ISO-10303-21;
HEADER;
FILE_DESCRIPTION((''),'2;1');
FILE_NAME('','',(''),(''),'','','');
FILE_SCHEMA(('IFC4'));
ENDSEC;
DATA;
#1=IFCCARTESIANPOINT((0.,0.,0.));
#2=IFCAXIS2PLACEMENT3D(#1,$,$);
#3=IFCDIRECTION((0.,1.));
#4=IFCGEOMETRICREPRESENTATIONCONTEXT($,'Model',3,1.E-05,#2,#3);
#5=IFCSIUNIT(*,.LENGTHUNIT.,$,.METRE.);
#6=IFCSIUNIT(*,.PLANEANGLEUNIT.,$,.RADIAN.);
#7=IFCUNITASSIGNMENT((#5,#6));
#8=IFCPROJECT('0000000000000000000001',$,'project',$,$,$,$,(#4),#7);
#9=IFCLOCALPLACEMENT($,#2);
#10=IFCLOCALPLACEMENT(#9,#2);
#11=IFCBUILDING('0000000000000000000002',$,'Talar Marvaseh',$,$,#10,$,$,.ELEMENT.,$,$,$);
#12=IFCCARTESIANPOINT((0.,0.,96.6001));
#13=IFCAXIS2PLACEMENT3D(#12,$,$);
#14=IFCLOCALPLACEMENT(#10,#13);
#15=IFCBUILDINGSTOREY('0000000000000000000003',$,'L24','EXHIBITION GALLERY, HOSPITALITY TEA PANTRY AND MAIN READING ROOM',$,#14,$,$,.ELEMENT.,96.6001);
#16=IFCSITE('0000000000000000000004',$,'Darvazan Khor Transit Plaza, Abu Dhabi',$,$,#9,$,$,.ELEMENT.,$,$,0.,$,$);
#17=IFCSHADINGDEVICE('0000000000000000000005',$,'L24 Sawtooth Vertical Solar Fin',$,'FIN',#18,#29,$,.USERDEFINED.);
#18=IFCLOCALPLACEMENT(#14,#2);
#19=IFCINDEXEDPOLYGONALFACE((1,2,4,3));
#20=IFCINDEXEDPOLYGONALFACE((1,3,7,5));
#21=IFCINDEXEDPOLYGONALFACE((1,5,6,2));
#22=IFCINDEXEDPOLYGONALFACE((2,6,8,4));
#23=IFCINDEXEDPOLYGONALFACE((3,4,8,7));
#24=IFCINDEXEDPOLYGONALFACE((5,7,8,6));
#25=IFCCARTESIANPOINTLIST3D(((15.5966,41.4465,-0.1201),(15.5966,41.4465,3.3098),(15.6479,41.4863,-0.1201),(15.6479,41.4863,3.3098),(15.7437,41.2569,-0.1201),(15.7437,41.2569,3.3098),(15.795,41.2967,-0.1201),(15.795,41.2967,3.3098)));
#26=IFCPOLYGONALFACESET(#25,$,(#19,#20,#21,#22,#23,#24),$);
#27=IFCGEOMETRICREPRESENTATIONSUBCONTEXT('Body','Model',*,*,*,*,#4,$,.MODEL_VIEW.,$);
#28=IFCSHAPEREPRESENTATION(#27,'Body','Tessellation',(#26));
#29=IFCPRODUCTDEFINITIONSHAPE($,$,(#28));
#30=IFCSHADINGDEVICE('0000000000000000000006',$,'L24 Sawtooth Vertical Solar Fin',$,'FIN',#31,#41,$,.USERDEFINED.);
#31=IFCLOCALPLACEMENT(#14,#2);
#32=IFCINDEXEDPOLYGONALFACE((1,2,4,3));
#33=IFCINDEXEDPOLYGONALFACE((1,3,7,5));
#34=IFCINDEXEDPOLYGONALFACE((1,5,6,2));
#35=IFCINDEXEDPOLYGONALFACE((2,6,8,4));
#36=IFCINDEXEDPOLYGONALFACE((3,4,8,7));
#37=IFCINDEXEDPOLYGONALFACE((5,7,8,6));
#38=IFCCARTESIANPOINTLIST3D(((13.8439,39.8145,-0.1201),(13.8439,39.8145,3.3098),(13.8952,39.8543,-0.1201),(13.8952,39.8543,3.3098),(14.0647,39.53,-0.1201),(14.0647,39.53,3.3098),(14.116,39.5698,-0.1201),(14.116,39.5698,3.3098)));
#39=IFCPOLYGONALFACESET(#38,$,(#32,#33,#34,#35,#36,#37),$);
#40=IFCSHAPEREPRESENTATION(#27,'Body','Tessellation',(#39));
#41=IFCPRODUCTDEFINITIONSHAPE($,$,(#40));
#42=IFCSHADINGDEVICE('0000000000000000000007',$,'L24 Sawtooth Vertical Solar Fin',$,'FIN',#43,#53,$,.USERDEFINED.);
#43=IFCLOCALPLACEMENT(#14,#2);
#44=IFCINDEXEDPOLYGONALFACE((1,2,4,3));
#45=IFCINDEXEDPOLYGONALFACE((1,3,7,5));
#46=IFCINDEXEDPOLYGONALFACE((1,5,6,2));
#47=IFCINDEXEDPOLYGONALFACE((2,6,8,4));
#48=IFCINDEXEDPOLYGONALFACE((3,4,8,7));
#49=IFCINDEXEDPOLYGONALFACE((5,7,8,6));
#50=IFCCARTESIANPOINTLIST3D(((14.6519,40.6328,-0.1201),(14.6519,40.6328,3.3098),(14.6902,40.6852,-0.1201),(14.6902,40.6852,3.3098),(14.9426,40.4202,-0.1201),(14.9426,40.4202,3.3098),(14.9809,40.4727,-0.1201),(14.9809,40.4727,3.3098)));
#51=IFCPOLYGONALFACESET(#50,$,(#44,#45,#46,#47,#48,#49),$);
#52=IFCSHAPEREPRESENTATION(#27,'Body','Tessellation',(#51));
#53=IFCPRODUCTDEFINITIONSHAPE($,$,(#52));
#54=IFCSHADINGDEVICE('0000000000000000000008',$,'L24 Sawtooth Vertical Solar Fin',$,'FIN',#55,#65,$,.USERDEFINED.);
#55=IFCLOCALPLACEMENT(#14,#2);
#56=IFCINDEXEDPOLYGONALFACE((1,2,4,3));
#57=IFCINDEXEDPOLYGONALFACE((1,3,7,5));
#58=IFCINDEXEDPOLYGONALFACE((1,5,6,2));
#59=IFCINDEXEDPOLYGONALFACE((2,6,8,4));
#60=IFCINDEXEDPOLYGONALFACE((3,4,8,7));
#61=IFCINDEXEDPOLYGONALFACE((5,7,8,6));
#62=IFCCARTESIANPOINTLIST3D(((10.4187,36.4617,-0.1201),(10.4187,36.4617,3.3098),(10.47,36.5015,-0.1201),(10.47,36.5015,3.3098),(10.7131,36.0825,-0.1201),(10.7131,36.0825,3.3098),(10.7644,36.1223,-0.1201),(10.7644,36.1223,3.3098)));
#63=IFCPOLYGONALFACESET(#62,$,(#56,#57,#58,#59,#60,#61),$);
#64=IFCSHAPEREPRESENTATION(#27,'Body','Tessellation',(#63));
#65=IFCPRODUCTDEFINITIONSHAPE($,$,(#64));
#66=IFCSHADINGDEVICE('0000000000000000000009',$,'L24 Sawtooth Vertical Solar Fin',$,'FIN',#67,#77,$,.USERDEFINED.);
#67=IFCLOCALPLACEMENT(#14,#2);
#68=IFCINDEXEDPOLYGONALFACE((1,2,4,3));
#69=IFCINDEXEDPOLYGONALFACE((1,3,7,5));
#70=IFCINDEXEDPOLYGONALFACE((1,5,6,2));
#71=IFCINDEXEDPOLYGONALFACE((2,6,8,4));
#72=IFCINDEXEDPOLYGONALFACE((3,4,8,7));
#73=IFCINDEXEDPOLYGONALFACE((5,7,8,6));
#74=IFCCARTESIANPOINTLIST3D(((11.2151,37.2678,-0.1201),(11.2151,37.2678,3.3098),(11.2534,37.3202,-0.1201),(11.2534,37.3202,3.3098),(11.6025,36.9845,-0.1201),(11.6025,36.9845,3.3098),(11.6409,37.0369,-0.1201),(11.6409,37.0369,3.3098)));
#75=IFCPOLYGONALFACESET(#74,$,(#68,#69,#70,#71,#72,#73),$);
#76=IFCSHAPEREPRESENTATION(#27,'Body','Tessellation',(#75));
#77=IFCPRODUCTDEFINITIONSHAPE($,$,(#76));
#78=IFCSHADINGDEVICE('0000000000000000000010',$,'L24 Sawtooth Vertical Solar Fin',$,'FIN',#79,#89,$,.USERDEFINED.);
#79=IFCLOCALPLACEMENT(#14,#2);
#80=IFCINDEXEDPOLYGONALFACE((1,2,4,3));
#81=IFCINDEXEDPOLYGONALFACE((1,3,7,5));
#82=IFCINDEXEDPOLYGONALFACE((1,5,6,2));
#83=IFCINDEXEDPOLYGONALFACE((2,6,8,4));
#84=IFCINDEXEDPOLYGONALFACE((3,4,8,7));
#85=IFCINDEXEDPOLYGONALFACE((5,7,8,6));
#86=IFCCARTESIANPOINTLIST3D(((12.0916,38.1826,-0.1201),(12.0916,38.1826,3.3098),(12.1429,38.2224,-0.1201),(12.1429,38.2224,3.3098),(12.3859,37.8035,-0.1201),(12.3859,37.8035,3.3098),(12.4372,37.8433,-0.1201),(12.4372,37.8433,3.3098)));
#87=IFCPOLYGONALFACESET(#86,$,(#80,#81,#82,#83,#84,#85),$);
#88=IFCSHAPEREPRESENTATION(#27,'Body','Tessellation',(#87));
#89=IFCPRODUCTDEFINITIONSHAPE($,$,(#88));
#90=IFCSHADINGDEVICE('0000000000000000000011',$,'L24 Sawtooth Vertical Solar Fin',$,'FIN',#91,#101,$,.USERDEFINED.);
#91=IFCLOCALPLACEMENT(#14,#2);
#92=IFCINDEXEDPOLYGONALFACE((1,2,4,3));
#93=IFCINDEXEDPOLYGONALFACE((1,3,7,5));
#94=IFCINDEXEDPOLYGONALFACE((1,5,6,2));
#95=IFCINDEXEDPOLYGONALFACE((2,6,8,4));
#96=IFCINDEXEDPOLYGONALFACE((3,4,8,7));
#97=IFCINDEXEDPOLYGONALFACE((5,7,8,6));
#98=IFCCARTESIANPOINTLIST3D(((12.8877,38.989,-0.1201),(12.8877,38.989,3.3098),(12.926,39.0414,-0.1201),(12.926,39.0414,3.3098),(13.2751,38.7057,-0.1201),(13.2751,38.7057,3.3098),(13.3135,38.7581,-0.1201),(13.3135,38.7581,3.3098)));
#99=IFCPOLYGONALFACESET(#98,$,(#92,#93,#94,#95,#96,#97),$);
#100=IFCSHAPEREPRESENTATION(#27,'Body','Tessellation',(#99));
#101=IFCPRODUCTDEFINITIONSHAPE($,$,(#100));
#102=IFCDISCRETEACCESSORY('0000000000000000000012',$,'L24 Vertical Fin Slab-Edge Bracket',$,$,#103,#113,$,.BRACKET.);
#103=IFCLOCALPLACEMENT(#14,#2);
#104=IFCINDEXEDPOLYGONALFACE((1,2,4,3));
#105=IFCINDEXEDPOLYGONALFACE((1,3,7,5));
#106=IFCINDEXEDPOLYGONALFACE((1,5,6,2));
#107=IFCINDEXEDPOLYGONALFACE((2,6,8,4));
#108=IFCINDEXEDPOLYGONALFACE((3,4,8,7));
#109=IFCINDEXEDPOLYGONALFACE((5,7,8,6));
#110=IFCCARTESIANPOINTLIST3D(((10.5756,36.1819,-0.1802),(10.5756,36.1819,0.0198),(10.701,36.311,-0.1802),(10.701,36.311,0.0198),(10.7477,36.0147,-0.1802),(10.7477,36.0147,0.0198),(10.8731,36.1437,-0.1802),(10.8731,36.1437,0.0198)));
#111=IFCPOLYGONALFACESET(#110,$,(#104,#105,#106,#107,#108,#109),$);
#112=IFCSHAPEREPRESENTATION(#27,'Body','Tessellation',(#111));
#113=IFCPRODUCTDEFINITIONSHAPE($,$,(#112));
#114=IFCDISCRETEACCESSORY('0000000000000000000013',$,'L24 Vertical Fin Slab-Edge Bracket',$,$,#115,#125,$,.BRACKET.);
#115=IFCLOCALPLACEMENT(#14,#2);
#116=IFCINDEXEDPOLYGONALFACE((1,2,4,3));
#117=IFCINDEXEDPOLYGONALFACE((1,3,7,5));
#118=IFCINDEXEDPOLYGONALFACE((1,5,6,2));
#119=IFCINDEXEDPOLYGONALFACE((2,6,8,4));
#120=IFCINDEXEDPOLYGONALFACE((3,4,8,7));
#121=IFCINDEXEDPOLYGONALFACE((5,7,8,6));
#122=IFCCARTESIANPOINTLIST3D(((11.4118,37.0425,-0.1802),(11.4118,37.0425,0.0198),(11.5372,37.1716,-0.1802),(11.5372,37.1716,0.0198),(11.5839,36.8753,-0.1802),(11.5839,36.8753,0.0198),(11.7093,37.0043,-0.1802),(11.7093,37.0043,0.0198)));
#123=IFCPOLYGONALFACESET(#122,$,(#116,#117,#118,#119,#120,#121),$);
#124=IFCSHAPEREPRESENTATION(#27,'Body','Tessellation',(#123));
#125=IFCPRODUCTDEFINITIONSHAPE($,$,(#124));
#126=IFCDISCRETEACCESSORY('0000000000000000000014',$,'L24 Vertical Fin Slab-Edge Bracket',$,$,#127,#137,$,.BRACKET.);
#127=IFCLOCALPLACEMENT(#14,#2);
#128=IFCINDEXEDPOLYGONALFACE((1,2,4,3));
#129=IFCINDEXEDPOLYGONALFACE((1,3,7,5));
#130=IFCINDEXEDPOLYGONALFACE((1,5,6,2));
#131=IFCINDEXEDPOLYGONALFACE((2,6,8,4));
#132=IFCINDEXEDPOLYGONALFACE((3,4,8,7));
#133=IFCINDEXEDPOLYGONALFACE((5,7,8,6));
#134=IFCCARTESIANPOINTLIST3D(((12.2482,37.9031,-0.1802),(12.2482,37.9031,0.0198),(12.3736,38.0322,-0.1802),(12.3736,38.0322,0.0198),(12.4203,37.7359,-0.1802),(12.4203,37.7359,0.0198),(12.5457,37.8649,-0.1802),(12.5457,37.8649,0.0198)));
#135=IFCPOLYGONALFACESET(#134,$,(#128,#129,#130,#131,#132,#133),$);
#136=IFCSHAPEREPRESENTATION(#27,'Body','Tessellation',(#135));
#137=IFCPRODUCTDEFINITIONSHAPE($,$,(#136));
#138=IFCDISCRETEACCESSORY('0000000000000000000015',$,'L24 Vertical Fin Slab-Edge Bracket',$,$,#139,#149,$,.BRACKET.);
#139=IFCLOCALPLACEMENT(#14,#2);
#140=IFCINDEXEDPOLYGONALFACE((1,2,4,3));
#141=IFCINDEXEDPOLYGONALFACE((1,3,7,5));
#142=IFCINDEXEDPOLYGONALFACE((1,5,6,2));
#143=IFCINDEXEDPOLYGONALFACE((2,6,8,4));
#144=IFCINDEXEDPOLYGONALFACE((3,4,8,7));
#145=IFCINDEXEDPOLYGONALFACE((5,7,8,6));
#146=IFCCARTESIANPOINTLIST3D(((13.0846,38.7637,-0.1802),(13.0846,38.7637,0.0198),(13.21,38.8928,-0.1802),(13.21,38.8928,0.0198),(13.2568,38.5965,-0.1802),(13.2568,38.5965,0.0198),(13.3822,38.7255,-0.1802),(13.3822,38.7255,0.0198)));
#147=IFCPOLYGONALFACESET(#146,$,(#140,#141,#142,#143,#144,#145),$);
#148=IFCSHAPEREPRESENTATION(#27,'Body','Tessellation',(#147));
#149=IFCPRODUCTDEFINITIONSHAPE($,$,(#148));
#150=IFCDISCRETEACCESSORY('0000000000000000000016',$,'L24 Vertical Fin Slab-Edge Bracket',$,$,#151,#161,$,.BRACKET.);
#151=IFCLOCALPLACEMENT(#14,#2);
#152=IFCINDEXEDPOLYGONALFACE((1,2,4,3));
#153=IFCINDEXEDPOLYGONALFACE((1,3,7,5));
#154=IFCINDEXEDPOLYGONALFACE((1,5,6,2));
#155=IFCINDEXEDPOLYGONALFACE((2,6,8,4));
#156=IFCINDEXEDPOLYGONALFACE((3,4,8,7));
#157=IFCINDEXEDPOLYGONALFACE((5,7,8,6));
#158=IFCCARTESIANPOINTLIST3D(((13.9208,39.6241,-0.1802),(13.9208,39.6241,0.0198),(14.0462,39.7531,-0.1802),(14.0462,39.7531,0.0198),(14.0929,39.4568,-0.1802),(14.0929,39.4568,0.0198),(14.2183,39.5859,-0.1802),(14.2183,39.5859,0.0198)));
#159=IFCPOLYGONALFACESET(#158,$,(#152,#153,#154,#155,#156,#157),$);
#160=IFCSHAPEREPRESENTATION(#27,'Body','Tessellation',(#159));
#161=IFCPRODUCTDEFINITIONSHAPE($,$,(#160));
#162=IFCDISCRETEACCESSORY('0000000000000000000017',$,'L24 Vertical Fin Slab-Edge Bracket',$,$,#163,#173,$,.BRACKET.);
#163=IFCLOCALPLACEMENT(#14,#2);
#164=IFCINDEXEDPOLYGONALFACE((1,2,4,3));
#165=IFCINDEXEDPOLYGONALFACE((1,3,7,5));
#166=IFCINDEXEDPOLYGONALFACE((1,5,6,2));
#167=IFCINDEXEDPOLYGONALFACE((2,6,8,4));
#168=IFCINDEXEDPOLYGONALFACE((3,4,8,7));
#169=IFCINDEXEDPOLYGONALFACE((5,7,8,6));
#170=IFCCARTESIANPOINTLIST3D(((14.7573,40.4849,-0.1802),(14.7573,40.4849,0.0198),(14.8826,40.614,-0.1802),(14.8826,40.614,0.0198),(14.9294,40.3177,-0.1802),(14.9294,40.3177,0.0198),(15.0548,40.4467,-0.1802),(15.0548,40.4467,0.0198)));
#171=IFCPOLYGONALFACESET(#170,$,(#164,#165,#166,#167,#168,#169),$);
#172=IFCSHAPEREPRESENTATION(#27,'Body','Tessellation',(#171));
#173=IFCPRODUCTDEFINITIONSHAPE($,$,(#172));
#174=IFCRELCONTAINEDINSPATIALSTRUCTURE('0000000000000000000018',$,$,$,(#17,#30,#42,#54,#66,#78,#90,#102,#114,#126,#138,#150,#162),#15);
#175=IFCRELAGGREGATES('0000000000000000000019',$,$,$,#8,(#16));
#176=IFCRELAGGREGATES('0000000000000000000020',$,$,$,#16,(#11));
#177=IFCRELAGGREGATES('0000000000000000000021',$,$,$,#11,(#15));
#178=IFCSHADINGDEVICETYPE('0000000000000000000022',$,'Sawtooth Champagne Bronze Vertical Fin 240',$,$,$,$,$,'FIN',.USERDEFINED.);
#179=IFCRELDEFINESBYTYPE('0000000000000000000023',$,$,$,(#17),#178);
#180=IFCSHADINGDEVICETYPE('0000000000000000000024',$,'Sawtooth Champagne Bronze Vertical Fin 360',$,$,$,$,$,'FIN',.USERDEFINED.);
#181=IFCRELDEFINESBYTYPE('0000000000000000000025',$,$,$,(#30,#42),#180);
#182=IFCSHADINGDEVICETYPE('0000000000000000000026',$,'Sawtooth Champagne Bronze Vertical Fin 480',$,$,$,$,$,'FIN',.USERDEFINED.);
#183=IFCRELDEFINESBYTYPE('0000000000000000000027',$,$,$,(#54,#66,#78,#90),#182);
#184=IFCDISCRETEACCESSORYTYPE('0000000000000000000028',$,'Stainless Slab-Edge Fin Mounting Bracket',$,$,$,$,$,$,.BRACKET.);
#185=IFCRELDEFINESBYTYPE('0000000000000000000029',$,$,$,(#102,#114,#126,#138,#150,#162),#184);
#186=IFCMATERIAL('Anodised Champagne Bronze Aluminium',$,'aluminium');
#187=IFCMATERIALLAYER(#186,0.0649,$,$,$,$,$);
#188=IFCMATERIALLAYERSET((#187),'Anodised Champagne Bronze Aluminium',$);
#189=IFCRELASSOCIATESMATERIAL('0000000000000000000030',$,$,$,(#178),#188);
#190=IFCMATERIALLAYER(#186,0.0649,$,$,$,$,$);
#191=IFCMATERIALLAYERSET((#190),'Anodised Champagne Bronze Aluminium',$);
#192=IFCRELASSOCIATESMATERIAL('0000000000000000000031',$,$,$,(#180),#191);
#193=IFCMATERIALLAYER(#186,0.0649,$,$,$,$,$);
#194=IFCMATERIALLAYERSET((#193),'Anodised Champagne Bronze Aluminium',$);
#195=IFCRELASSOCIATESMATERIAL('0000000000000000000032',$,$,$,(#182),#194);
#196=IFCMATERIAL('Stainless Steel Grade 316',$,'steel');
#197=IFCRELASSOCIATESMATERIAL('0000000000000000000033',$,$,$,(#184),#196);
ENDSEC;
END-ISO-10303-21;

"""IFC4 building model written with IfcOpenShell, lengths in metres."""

from ifc_helpers import new_model, si_unit, direction, frame, origin, origin_2d, place, context, subcontext, project, spatial, rectangle, extrude, source, transform, mapped, material, layer, layer_set, type_object, type_shapes, element, save


model = new_model("IFC4")

# Units and contexts
model_context = context("Model", 3, precision=1e-05, world=origin(), true_north=direction((0.0, 1.0)))
body_context = subcontext(model_context, "Body", "Model", "MODEL_VIEW")
ifc_project = project(units=[si_unit("LENGTHUNIT", "METRE"), si_unit("PLANEANGLEUNIT", "RADIAN")], contexts=[model_context])

# Site, building, storey
site_placement = place(None, origin())
site = spatial("IfcSite", under=ifc_project, at=site_placement, Name="Darvazan Khor Transit Plaza, Abu Dhabi", CompositionType="ELEMENT", RefElevation=0.0)
building_placement = place(site_placement, origin())
building = spatial("IfcBuilding", under=site, at=building_placement, Name="Talar Marvaseh", CompositionType="ELEMENT")
storey_placement = place(building_placement, frame((0.0, 0.0, 96.6001)))
storey = spatial("IfcBuildingStorey", under=building, at=storey_placement, Name="L24", Description="EXHIBITION GALLERY, HOSPITALITY TEA PANTRY AND MAIN READING ROOM", CompositionType="ELEMENT", Elevation=96.6001)

# Shading devices
ifc_material_1 = material(Name="Anodised Champagne Bronze Aluminium", Category="aluminium")
ifc_layer_1 = layer(ifc_material_1, 0.0649)
ifc_layer_set_1 = layer_set([ifc_layer_1], Name="Anodised Champagne Bronze Aluminium")
shading_device_type_1 = type_object("IfcShadingDeviceType", Name="Sawtooth Champagne Bronze Vertical Fin 240", ElementType="FIN", PredefinedType="USERDEFINED", material=ifc_layer_set_1)
shared_shape_1 = source(origin(), body_context, "Body", "SweptSolid", [
    extrude(rectangle(XDim=0.24, YDim=0.0649, at=origin_2d()), origin(), (0.0, 0.0, 1.0), 3.4299),
])
type_shapes(shading_device_type_1, [shared_shape_1])
shading_device_placement = place(storey_placement, frame((15.6958, 41.3716, -0.1201), z_axis=(0.0, 0.0, 1.0), x_axis=(-0.613183, 0.789941, 0.0)))
element("IfcShadingDevice", 1, at=shading_device_placement, inside=storey, type_object=shading_device_type_1, Name="L24 Sawtooth Vertical Solar Fin", ObjectType="FIN", PredefinedType="USERDEFINED", context=body_context, shape_type="MappedRepresentation", body=[
    mapped(shared_shape_1, transform((0.0, 0.0, 0.0), x_axis=(1.0, 0.0, 0.0), y_axis=(0.0, 1.0, 0.0), z_axis=(0.0, 0.0, 1.0), scale=1.0)),
])
ifc_layer_2 = layer(ifc_material_1, 0.0649)
ifc_layer_set_2 = layer_set([ifc_layer_2], Name="Anodised Champagne Bronze Aluminium")
shading_device_type_2 = type_object("IfcShadingDeviceType", Name="Sawtooth Champagne Bronze Vertical Fin 360", ElementType="FIN", PredefinedType="USERDEFINED", material=ifc_layer_set_2)
shared_shape_2 = source(origin(), body_context, "Body", "SweptSolid", [
    extrude(rectangle(XDim=0.3601, YDim=0.0649, at=origin_2d()), origin(), (0.0, 0.0, 1.0), 3.4299),
])
type_shapes(shading_device_type_2, [shared_shape_2])
for number, where, z_axis, x_axis, name in (
    (2, (13.98, 39.6921, -0.1201), (0.0, 0.0, 1.0), (-0.613183, 0.789941, 0.0), "L24 Sawtooth Vertical Solar Fin"),
    (3, (14.8164, 40.5527, -0.1201), (0.0, 0.0, 1.0), (-0.807166, 0.590324, 0.0), "L24 Sawtooth Vertical Solar Fin"),
):
    element("IfcShadingDevice", number, at=place(storey_placement, frame(where, z_axis=z_axis, x_axis=x_axis)), inside=storey, type_object=shading_device_type_2, Name=name, ObjectType="FIN", PredefinedType="USERDEFINED", context=body_context, shape_type="MappedRepresentation", body=[
        mapped(shared_shape_2, transform((0.0, 0.0, 0.0), x_axis=(1.0, 0.0, 0.0), y_axis=(0.0, 1.0, 0.0), z_axis=(0.0, 0.0, 1.0), scale=1.0)),
    ])
ifc_layer_3 = layer(ifc_material_1, 0.0649)
ifc_layer_set_3 = layer_set([ifc_layer_3], Name="Anodised Champagne Bronze Aluminium")
shading_device_type_3 = type_object("IfcShadingDeviceType", Name="Sawtooth Champagne Bronze Vertical Fin 480", ElementType="FIN", PredefinedType="USERDEFINED", material=ifc_layer_set_3)
shared_shape_3 = source(origin(), body_context, "Body", "SweptSolid", [
    extrude(rectangle(XDim=0.48, YDim=0.0649, at=origin_2d()), origin(), (0.0, 0.0, 1.0), 3.4299),
])
type_shapes(shading_device_type_3, [shared_shape_3])
for number, where, z_axis, x_axis, name in (
    (4, (10.5916, 36.292, -0.1201), (0.0, 0.0, 1.0), (-0.613183, 0.789941, 0.0), "L24 Sawtooth Vertical Solar Fin"),
    (5, (11.428, 37.1523, -0.1201), (0.0, 0.0, 1.0), (-0.807166, 0.590324, 0.0), "L24 Sawtooth Vertical Solar Fin"),
    (6, (12.2644, 38.0129, -0.1201), (0.0, 0.0, 1.0), (-0.613183, 0.789941, 0.0), "L24 Sawtooth Vertical Solar Fin"),
    (7, (13.1006, 38.8735, -0.1201), (0.0, 0.0, 1.0), (-0.807166, 0.590324, 0.0), "L24 Sawtooth Vertical Solar Fin"),
):
    element("IfcShadingDevice", number, at=place(storey_placement, frame(where, z_axis=z_axis, x_axis=x_axis)), inside=storey, type_object=shading_device_type_3, Name=name, ObjectType="FIN", PredefinedType="USERDEFINED", context=body_context, shape_type="MappedRepresentation", body=[
        mapped(shared_shape_3, transform((0.0, 0.0, 0.0), x_axis=(1.0, 0.0, 0.0), y_axis=(0.0, 1.0, 0.0), z_axis=(0.0, 0.0, 1.0), scale=1.0)),
    ])

# Discrete accessories
ifc_material_2 = material(Name="Stainless Steel Grade 316", Category="steel")
discrete_accessory_type = type_object("IfcDiscreteAccessoryType", Name="Stainless Slab-Edge Fin Mounting Bracket", PredefinedType="BRACKET", material=ifc_material_2)
shared_shape_4 = source(origin(), body_context, "Body", "SweptSolid", [
    extrude(rectangle(XDim=0.24, YDim=0.1799, at=origin_2d()), origin(), (0.0, 0.0, 1.0), 0.2),
])
type_shapes(discrete_accessory_type, [shared_shape_4])
for number, where, z_axis, x_axis, name in (
    (8, (10.7244, 36.1628, -0.1802), (0.0, 0.0, 1.0), (-0.717154, 0.696915, 0.0), "L24 Vertical Fin Slab-Edge Bracket"),
    (9, (11.5605, 37.0234, -0.1802), (0.0, 0.0, 1.0), (-0.717154, 0.696915, 0.0), "L24 Vertical Fin Slab-Edge Bracket"),
    (10, (12.397, 37.884, -0.1802), (0.0, 0.0, 1.0), (-0.717154, 0.696915, 0.0), "L24 Vertical Fin Slab-Edge Bracket"),
    (11, (13.2334, 38.7446, -0.1802), (0.0, 0.0, 1.0), (-0.717154, 0.696915, 0.0), "L24 Vertical Fin Slab-Edge Bracket"),
    (12, (14.0696, 39.605, -0.1802), (0.0, 0.0, 1.0), (-0.717154, 0.696915, 0.0), "L24 Vertical Fin Slab-Edge Bracket"),
    (13, (14.906, 40.4658, -0.1802), (0.0, 0.0, 1.0), (-0.717154, 0.696915, 0.0), "L24 Vertical Fin Slab-Edge Bracket"),
):
    element("IfcDiscreteAccessory", number, at=place(storey_placement, frame(where, z_axis=z_axis, x_axis=x_axis)), inside=storey, type_object=discrete_accessory_type, Name=name, PredefinedType="BRACKET", context=body_context, shape_type="MappedRepresentation", body=[
        mapped(shared_shape_4, transform((0.0, 0.0, 0.0), x_axis=(1.0, 0.0, 0.0), y_axis=(0.0, 1.0, 0.0), z_axis=(0.0, 0.0, 1.0), scale=1.0)),
    ])

save(model, "model.ifc")
